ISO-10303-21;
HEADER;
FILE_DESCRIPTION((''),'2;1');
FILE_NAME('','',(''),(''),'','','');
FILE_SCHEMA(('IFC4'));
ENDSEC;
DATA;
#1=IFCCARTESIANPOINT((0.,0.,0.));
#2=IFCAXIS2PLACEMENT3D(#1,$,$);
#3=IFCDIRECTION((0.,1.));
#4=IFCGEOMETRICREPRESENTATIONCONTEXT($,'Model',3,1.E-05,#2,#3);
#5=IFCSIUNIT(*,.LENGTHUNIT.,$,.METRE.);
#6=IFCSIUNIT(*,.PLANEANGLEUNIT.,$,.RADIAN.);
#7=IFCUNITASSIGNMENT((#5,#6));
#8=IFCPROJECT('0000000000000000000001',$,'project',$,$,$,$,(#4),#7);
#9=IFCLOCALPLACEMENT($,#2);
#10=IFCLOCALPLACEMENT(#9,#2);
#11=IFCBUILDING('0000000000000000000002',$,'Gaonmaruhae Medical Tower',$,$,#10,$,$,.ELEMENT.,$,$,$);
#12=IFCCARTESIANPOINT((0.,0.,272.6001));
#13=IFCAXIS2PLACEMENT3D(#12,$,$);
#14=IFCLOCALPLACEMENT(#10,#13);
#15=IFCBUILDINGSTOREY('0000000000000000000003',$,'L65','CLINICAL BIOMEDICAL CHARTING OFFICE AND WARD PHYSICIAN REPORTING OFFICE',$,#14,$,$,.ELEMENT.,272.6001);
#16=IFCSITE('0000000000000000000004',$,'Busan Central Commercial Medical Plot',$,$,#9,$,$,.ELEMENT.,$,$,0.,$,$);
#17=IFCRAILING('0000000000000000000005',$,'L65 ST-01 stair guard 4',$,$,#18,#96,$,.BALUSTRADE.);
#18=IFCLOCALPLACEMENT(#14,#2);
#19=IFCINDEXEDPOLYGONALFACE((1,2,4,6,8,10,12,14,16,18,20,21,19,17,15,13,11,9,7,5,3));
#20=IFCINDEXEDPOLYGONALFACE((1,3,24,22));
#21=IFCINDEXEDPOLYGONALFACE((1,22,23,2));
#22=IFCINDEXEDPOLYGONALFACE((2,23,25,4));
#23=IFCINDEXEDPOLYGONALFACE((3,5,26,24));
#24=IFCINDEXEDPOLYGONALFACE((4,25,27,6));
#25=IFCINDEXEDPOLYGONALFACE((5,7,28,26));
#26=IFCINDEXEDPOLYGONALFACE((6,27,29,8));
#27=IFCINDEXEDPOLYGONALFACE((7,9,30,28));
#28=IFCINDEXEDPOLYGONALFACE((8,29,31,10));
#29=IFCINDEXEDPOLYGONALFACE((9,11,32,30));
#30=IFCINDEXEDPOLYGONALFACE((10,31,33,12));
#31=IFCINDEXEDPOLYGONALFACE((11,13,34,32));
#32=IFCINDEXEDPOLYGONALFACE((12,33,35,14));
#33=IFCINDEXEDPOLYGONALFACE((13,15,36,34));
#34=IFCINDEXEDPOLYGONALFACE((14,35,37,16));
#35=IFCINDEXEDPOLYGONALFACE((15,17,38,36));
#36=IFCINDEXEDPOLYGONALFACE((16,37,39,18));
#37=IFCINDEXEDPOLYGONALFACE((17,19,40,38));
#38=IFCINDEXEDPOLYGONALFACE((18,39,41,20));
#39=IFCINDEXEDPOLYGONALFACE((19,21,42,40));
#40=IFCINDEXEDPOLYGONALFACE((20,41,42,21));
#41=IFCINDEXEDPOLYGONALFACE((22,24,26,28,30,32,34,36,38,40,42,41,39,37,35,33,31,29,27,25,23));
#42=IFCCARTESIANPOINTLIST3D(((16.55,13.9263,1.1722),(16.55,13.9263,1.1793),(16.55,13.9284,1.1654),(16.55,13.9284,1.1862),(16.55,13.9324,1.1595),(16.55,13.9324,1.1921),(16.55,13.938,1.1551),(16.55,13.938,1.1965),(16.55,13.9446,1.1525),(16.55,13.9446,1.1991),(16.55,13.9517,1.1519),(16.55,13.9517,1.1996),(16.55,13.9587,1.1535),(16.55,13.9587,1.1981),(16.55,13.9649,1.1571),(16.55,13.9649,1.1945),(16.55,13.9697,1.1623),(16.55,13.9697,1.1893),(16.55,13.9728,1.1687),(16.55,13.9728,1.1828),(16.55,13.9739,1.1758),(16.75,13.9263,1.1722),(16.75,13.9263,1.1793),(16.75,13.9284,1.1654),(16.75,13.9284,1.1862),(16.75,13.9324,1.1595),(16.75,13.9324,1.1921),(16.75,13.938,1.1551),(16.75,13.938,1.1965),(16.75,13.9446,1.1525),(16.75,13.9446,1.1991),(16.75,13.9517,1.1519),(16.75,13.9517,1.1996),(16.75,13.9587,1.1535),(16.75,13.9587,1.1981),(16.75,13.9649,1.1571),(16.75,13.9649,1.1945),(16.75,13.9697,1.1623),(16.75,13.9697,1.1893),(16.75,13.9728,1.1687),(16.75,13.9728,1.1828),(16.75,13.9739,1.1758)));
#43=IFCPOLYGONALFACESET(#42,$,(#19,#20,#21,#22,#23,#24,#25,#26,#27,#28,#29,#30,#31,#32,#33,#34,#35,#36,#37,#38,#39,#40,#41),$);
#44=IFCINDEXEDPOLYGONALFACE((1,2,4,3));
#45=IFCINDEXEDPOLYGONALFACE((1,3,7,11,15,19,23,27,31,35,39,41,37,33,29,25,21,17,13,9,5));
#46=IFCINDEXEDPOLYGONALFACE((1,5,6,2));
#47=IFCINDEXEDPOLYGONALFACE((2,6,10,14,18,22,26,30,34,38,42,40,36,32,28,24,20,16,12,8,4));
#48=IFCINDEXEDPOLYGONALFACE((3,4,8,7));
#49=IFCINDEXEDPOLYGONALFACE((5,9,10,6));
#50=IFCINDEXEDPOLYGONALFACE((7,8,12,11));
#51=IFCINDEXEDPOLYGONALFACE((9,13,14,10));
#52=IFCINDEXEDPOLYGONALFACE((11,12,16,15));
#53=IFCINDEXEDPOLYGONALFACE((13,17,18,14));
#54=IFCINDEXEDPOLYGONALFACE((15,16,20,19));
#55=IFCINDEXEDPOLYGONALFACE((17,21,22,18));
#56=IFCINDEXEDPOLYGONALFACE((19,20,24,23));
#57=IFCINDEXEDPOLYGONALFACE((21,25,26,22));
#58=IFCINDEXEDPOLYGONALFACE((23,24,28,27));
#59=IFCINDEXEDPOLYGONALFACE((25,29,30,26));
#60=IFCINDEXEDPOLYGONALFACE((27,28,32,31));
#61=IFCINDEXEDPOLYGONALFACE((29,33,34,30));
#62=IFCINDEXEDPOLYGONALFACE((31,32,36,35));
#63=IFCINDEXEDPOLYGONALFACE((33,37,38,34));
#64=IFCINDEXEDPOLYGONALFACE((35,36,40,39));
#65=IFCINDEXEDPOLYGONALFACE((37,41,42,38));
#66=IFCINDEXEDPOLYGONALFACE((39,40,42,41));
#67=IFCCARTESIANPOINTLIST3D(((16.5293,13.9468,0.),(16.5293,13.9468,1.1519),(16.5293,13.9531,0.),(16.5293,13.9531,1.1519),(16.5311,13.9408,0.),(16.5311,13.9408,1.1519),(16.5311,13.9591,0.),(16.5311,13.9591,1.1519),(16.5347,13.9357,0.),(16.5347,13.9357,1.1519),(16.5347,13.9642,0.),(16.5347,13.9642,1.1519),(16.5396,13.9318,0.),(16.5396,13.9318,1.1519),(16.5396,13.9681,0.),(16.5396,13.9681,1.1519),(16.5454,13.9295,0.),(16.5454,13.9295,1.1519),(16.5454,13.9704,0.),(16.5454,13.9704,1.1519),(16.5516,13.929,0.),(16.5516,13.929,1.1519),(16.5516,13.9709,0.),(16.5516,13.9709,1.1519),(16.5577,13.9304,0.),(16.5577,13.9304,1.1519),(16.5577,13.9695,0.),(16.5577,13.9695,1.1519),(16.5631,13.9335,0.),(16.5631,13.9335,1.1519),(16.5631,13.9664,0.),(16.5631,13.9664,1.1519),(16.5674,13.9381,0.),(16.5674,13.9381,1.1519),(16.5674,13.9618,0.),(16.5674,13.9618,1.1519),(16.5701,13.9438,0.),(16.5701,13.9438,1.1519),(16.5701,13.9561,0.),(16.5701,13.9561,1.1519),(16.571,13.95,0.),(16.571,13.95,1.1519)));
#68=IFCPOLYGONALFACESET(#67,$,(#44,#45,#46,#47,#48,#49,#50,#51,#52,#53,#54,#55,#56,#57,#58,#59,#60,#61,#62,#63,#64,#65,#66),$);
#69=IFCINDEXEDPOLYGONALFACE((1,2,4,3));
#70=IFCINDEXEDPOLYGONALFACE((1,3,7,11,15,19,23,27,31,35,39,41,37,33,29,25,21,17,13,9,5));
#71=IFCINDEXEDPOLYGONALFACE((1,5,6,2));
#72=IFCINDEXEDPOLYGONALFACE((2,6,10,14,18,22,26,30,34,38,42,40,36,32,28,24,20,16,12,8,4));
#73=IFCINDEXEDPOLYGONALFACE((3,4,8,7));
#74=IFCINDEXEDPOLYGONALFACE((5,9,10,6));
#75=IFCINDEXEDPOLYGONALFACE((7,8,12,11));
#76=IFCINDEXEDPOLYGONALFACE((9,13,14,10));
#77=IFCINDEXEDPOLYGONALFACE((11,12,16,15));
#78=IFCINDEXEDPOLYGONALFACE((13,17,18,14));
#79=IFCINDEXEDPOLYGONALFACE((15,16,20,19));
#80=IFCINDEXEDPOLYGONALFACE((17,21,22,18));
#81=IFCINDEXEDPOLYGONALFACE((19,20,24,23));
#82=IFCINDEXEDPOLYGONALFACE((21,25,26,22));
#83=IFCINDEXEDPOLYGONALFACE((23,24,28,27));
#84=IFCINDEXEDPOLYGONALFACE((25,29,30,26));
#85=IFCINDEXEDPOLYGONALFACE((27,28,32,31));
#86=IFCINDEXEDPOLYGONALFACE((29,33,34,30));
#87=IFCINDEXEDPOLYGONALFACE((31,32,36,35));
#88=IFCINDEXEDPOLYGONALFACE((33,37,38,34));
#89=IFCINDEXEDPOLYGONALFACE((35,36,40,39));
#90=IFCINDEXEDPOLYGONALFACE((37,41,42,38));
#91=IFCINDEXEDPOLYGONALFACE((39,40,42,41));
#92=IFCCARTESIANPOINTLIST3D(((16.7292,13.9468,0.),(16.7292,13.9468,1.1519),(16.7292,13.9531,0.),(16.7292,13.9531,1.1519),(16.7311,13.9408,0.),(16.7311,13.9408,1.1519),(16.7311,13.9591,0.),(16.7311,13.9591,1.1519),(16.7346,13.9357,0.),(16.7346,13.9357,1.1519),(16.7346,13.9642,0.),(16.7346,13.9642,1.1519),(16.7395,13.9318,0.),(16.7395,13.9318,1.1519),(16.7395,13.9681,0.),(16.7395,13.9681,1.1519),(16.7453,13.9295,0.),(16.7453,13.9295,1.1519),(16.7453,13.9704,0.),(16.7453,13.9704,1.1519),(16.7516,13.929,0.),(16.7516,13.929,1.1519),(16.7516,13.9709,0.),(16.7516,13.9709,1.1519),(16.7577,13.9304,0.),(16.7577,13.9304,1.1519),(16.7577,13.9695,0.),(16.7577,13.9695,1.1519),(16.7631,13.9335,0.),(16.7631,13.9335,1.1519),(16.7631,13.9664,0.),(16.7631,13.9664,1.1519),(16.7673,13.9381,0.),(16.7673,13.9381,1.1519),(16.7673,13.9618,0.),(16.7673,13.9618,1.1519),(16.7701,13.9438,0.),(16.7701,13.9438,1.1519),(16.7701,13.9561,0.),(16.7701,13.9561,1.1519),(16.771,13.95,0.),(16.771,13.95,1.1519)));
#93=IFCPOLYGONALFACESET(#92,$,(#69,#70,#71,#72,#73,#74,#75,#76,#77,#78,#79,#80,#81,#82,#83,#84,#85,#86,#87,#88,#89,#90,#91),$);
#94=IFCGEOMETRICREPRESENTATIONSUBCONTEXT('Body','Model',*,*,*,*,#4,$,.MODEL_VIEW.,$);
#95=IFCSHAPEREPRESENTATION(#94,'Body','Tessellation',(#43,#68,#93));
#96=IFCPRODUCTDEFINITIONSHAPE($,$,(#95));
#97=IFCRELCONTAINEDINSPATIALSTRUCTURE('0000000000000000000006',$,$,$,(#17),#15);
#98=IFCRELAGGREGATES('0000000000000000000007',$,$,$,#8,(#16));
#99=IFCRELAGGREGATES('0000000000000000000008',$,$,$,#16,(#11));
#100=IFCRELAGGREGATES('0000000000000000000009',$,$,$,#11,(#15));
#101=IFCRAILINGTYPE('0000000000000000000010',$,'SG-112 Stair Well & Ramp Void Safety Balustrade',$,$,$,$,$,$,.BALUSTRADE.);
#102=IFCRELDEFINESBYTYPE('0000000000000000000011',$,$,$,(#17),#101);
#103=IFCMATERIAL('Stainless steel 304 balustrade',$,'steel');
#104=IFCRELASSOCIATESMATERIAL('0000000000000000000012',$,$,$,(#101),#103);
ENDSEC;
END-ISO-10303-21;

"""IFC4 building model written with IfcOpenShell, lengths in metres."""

from ifc_helpers import new_model, si_unit, direction, frame, origin, origin_2d, place, context, subcontext, project, spatial, circle, extrude, material, type_object, element, save


model = new_model("IFC4")

# Units and contexts
model_context = context("Model", 3, precision=1e-05, world=origin(), true_north=direction((0.0, 1.0)))
body_context = subcontext(model_context, "Body", "Model", "MODEL_VIEW")
ifc_project = project(units=[si_unit("LENGTHUNIT", "METRE"), si_unit("PLANEANGLEUNIT", "RADIAN")], contexts=[model_context])

# Site, building, storey
site_placement = place(None, origin())
site = spatial("IfcSite", under=ifc_project, at=site_placement, Name="Busan Central Commercial Medical Plot", CompositionType="ELEMENT", RefElevation=0.0)
building_placement = place(site_placement, origin())
building = spatial("IfcBuilding", under=site, at=building_placement, Name="Gaonmaruhae Medical Tower", CompositionType="ELEMENT")
storey_placement = place(building_placement, frame((0.0, 0.0, 272.6001)))
storey = spatial("IfcBuildingStorey", under=building, at=storey_placement, Name="L65", Description="CLINICAL BIOMEDICAL CHARTING OFFICE AND WARD PHYSICIAN REPORTING OFFICE", CompositionType="ELEMENT", Elevation=272.6001)

# Railing
ifc_material_1 = material(Name="Stainless steel 304 balustrade", Category="steel")
railing_type_1 = type_object("IfcRailingType", Name="SG-112 Stair Well & Ramp Void Safety Balustrade", PredefinedType="BALUSTRADE", material=ifc_material_1)
railing_1_placement = place(storey_placement, frame((16.55, 13.95, 0.0)))
element("IfcRailing", 1, at=railing_1_placement, inside=storey, type_object=railing_type_1, Name="L65 ST-01 stair guard 4", PredefinedType="BALUSTRADE", context=body_context, shape_type="SweptSolid", body=[
    extrude(circle(Radius=0.0239, at=origin_2d()), frame((0.0, 0.0, 1.1758), z_axis=(1.0, 0.0, 0.0), x_axis=(0.0, 1.0, 0.0)), (0.0, 0.0, 1.0), 0.2),
    extrude(circle(Radius=0.021, at=origin_2d()), origin(), (0.0, 0.0, 1.0), 1.1519),
    extrude(circle(Radius=0.021, at=origin_2d()), frame((0.2, 0.0, 0.0)), (0.0, 0.0, 1.0), 1.1519),
])

save(model, "model.ifc")
